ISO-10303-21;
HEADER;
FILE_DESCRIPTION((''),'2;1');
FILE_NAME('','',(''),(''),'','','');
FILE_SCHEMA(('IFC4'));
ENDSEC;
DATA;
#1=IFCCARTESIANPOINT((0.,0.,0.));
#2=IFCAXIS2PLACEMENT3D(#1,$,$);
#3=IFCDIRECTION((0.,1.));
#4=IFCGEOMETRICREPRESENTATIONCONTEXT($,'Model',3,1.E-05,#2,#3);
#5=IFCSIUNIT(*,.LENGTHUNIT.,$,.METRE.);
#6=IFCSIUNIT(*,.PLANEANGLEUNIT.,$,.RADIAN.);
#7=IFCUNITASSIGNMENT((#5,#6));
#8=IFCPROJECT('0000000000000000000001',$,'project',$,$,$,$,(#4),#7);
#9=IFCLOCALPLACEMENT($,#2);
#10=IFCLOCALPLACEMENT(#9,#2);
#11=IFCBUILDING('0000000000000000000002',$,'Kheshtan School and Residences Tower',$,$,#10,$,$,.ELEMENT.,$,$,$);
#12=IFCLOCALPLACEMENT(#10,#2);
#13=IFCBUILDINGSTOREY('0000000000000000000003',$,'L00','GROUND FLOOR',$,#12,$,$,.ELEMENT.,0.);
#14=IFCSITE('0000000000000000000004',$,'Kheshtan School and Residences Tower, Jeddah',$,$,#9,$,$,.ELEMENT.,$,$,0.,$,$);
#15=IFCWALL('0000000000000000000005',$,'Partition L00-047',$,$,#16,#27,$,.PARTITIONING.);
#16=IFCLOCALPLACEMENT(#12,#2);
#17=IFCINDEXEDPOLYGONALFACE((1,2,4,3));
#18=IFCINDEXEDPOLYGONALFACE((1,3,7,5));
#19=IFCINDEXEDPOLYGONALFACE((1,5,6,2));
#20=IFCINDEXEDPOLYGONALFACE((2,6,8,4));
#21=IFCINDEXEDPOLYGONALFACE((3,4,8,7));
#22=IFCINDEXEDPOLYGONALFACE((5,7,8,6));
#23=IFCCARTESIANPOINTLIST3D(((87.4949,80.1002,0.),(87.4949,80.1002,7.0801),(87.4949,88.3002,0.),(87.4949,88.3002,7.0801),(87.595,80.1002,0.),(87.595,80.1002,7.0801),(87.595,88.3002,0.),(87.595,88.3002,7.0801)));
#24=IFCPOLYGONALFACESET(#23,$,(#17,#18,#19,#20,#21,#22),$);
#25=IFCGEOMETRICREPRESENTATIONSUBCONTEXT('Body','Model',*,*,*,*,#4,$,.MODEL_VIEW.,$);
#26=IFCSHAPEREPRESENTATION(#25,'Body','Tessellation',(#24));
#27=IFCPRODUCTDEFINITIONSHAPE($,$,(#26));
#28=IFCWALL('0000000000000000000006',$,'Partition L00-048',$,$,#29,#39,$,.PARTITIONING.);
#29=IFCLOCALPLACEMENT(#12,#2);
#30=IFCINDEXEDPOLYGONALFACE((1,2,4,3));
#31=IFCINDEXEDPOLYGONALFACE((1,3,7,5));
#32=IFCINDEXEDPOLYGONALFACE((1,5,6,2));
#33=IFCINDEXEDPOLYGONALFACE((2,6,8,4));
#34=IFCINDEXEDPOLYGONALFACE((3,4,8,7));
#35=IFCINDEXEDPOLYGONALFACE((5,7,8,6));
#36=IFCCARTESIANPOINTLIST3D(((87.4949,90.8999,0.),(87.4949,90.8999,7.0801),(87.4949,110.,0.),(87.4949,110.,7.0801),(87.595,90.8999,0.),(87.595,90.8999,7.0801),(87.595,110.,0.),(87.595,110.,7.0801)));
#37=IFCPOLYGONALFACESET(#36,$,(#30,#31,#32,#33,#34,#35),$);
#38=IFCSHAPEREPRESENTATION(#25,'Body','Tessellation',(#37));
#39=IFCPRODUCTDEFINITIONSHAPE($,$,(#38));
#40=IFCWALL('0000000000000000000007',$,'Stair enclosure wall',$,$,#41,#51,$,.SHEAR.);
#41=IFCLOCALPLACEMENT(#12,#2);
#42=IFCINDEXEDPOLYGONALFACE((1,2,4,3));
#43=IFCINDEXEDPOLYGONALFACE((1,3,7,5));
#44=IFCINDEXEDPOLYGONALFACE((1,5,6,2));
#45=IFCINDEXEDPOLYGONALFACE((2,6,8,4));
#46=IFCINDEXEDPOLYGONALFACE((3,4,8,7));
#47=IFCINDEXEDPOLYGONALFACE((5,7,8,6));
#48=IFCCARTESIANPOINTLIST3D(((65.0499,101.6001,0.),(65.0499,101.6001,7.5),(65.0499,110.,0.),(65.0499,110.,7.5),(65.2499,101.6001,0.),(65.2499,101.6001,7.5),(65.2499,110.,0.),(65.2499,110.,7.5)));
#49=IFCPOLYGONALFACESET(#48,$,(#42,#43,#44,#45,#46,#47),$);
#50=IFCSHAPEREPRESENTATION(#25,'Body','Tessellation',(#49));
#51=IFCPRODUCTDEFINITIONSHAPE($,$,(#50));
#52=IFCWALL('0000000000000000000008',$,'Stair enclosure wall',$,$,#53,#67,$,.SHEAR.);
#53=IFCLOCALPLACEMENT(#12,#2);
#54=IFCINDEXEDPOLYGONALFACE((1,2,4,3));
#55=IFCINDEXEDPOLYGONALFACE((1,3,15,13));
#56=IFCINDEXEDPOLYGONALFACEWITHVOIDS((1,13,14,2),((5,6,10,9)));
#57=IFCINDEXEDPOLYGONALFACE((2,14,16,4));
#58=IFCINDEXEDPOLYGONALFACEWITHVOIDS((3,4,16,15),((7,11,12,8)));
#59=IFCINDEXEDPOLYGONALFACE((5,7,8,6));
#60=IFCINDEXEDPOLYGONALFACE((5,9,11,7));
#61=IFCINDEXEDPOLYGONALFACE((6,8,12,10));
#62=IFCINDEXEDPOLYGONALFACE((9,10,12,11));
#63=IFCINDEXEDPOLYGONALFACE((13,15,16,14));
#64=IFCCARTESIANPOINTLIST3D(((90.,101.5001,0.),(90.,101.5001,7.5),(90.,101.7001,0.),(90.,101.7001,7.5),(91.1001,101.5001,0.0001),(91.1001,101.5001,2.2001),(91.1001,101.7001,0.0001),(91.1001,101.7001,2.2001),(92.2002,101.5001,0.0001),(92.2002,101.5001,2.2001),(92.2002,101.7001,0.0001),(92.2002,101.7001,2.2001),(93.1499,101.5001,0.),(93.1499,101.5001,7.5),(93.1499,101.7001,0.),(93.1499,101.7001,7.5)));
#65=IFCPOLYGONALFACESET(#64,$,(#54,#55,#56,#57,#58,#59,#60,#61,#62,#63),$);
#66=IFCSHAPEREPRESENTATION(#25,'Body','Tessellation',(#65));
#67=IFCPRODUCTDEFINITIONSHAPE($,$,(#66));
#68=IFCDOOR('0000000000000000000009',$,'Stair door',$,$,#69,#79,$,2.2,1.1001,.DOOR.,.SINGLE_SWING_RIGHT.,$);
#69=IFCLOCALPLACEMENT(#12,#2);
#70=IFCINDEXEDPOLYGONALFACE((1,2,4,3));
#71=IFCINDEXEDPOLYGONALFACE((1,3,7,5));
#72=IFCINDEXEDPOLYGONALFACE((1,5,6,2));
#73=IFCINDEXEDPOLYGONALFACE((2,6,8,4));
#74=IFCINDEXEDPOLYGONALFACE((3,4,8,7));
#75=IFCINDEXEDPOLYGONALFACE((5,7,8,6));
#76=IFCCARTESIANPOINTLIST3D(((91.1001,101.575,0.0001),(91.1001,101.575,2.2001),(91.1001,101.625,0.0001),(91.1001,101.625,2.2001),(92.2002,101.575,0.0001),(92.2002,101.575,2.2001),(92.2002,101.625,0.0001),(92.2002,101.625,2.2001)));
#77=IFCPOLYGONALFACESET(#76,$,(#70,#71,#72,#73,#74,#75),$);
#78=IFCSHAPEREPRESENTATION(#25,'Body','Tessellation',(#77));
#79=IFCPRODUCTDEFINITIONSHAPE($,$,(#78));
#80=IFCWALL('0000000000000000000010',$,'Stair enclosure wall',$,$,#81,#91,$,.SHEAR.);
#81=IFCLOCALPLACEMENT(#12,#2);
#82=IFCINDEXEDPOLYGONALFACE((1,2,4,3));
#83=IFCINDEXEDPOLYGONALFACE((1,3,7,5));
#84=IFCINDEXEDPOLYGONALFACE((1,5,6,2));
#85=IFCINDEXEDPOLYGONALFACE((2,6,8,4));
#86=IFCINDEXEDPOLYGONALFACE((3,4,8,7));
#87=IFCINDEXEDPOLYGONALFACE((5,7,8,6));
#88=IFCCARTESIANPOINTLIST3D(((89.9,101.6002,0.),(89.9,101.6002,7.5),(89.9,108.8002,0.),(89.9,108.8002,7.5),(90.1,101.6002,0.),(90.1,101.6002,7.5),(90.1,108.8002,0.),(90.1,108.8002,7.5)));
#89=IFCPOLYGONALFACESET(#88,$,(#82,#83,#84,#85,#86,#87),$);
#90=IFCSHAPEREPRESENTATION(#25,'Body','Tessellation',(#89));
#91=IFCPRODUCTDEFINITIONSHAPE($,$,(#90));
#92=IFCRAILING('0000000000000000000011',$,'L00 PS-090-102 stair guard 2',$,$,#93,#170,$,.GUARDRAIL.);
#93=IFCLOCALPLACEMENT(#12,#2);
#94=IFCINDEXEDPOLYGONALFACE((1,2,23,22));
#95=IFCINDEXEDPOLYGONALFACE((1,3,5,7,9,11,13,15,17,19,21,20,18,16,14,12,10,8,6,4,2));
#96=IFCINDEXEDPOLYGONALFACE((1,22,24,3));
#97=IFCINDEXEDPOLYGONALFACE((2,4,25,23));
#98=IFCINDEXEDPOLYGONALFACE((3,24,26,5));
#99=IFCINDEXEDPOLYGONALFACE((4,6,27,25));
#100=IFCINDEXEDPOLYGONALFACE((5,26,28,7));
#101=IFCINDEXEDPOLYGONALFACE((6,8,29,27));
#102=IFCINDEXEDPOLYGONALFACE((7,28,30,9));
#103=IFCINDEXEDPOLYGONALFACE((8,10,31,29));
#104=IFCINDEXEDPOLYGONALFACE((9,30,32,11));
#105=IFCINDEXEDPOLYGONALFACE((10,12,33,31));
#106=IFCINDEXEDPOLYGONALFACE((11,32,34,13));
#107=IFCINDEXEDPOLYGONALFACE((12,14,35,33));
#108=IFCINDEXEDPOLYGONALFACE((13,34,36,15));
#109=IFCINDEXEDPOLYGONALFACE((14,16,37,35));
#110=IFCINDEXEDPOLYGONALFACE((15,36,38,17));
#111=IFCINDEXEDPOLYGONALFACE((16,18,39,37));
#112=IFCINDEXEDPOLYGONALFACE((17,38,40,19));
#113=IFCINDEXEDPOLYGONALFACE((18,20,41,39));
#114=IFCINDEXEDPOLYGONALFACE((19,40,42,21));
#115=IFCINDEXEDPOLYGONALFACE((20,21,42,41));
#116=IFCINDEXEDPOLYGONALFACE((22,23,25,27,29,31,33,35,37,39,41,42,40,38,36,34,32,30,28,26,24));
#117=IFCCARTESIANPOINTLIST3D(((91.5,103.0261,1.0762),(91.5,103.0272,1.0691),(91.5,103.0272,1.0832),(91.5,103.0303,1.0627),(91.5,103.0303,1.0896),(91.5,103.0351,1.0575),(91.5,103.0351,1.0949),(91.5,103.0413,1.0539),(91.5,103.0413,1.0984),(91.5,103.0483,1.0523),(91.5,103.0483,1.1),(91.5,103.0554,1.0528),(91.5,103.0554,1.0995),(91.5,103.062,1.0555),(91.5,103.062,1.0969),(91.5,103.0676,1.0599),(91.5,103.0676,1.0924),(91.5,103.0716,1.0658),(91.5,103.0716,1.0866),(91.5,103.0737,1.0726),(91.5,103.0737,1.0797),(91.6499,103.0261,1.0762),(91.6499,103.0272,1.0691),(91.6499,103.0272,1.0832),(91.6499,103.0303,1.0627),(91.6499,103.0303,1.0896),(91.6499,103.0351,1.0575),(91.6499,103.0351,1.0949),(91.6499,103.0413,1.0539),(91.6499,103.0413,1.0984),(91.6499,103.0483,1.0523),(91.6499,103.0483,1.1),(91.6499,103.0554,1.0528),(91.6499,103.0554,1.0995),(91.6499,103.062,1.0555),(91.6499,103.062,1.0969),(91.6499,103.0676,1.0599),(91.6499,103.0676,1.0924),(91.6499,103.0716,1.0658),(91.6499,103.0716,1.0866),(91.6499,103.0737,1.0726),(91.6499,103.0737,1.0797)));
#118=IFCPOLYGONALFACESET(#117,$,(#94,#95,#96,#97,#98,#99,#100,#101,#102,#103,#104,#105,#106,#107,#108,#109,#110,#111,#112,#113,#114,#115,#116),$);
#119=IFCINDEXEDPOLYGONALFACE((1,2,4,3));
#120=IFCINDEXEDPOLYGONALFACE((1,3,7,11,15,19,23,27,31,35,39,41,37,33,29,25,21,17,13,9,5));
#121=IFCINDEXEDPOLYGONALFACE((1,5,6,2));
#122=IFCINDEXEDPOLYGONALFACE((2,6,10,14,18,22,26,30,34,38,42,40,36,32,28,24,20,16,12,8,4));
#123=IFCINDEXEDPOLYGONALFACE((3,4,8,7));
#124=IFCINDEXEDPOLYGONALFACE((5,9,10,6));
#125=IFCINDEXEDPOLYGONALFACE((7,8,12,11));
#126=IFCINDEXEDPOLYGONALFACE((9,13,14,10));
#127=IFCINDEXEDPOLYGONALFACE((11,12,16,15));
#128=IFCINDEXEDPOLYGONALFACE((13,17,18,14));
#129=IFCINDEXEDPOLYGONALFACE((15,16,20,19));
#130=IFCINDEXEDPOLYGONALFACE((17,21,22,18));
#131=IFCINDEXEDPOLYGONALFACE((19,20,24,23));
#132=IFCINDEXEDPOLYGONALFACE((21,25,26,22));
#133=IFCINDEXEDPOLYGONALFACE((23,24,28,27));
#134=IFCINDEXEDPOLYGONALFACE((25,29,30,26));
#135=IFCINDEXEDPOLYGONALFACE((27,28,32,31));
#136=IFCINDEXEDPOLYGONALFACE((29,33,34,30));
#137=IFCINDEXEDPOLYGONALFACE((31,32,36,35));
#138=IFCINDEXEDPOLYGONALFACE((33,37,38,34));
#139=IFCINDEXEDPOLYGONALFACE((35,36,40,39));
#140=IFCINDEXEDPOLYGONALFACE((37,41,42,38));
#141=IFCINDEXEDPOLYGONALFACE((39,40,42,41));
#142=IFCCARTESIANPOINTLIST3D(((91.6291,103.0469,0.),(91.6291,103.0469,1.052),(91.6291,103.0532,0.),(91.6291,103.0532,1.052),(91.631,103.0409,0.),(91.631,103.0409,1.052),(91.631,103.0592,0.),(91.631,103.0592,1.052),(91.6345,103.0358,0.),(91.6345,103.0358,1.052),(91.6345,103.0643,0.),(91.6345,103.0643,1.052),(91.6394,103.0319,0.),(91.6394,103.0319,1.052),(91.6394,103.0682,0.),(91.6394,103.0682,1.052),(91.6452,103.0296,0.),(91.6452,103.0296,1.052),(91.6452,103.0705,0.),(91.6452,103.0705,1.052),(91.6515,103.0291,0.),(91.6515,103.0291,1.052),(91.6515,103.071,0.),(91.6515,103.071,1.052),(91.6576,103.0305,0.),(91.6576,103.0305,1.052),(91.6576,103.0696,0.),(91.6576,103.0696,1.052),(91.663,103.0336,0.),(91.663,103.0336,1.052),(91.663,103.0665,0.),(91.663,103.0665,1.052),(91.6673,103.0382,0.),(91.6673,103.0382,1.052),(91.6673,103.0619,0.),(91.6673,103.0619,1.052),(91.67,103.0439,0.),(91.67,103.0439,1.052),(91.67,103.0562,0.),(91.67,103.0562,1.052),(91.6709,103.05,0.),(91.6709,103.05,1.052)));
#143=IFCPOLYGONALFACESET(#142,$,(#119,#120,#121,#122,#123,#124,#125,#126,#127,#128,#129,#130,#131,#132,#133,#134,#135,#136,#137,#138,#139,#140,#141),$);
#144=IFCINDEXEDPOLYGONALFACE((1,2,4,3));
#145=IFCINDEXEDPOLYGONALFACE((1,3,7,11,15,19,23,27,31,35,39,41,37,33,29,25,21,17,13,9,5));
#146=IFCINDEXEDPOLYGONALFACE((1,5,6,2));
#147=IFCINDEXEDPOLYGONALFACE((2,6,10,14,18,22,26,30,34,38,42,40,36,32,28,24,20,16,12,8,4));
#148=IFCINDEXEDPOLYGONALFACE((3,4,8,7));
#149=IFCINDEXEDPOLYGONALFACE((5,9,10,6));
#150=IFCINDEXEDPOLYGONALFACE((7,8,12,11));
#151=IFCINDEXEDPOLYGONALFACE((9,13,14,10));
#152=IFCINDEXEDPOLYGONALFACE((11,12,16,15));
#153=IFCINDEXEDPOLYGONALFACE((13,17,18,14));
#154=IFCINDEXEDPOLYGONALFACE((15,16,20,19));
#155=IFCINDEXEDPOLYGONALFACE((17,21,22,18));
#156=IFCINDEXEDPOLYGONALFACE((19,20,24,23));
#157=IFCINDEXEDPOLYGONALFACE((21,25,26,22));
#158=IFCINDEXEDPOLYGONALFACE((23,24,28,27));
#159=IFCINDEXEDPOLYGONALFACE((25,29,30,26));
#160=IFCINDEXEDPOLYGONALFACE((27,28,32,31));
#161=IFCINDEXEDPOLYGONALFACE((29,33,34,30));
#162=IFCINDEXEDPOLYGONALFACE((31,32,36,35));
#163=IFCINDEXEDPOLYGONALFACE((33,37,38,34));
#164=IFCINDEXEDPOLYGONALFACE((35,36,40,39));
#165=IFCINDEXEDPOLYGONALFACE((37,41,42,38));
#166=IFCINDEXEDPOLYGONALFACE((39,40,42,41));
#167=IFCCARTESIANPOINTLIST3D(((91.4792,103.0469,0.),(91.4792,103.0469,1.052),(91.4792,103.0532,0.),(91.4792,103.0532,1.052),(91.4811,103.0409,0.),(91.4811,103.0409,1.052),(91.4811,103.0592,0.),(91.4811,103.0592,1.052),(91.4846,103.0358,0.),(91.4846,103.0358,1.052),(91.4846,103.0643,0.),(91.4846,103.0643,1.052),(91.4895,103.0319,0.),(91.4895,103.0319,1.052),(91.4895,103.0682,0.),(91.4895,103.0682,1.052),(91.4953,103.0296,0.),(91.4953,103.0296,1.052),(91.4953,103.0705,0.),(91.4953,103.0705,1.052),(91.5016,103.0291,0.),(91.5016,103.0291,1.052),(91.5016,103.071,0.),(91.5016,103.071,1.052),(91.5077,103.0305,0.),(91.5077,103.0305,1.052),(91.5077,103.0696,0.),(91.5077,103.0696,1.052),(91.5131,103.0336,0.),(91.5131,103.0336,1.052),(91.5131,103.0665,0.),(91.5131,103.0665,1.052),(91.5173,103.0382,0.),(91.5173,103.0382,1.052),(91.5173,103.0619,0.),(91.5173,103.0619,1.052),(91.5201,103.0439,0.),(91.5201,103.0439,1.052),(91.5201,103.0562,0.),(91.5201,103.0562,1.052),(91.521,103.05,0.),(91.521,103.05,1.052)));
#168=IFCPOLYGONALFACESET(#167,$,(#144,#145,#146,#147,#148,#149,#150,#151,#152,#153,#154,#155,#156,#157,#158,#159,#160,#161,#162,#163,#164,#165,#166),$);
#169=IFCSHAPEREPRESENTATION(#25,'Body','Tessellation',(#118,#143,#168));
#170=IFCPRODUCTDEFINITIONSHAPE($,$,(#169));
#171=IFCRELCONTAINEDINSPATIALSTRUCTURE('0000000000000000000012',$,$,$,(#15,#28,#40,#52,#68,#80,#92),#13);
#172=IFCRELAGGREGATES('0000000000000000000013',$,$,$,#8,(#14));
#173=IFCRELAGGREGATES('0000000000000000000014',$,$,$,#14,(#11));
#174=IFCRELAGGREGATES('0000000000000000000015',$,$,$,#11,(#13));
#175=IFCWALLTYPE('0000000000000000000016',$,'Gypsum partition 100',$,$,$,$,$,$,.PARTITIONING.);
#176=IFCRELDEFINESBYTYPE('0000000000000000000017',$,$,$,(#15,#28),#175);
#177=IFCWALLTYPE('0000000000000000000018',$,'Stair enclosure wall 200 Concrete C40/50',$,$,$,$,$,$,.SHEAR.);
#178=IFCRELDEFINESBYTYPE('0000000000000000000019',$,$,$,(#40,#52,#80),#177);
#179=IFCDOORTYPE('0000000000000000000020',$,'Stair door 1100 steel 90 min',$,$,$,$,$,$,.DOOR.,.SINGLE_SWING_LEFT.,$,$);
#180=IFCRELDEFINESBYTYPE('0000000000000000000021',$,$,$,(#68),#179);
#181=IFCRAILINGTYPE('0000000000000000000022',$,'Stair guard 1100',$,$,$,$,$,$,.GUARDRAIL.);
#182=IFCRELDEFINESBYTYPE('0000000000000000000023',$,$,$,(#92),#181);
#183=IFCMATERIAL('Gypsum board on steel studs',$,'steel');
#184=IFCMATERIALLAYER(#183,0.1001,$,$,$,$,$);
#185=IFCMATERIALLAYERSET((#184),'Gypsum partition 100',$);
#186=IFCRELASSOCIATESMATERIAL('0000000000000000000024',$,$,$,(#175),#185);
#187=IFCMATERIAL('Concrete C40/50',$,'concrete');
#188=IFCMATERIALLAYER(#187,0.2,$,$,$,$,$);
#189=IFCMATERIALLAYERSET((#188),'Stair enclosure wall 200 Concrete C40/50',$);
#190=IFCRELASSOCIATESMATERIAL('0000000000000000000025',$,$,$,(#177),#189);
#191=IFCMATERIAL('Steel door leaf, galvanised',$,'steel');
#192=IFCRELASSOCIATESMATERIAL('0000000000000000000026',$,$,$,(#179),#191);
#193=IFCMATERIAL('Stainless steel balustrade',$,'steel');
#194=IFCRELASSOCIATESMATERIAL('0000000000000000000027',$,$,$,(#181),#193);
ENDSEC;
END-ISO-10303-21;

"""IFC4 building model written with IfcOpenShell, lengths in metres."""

from ifc_helpers import new_model, si_unit, direction, frame, frame_2d, origin, origin_2d, place, context, subcontext, project, spatial, rectangle, circle, extrude, source, transform, mapped, material, layer, layer_set, type_object, element, fill, save


model = new_model("IFC4")

# Units and contexts
model_context = context("Model", 3, precision=1e-05, world=origin(), true_north=direction((0.0, 1.0)))
body_context = subcontext(model_context, "Body", "Model", "MODEL_VIEW")
ifc_project = project(units=[si_unit("LENGTHUNIT", "METRE"), si_unit("PLANEANGLEUNIT", "RADIAN")], contexts=[model_context])

# Site, building, storey
site_placement = place(None, origin())
site = spatial("IfcSite", under=ifc_project, at=site_placement, Name="Kheshtan School and Residences Tower, Jeddah", CompositionType="ELEMENT", RefElevation=0.0)
building_placement = place(site_placement, origin())
building = spatial("IfcBuilding", under=site, at=building_placement, Name="Kheshtan School and Residences Tower", CompositionType="ELEMENT")
storey_placement = place(building_placement, origin())
storey = spatial("IfcBuildingStorey", under=building, at=storey_placement, Name="L00", Description="GROUND FLOOR", CompositionType="ELEMENT", Elevation=0.0)

# Walls
ifc_material_1 = material(Name="Gypsum board on steel studs", Category="steel")
ifc_layer_1 = layer(ifc_material_1, 0.1001)
ifc_layer_set_1 = layer_set([ifc_layer_1], Name="Gypsum partition 100")
wall_type_1 = type_object("IfcWallType", Name="Gypsum partition 100", PredefinedType="PARTITIONING", material=ifc_layer_set_1)
wall_1_placement = place(storey_placement, frame((87.5449, 80.1001, 0.0), z_axis=(0.0, 0.0, 1.0), x_axis=(0.0, 1.0, 0.0)))
element("IfcWall", 1, at=wall_1_placement, inside=storey, type_object=wall_type_1, Name="Partition L00-047", PredefinedType="PARTITIONING", context=body_context, shape_type="SweptSolid", body=[
    extrude(rectangle(XDim=8.2, YDim=0.1001, at=frame_2d((4.1001, 0.0))), origin(), (0.0, 0.0, 1.0), 7.0801),
])
wall_2_placement = place(storey_placement, frame((87.5449, 90.8999, 0.0), z_axis=(0.0, 0.0, 1.0), x_axis=(0.0, 1.0, 0.0)))
element("IfcWall", 2, at=wall_2_placement, inside=storey, type_object=wall_type_1, Name="Partition L00-048", PredefinedType="PARTITIONING", context=body_context, shape_type="SweptSolid", body=[
    extrude(rectangle(XDim=19.1001, YDim=0.1001, at=frame_2d((9.55, 0.0))), origin(), (0.0, 0.0, 1.0), 7.0801),
])
ifc_material_2 = material(Name="Concrete C40/50", Category="concrete")
ifc_layer_2 = layer(ifc_material_2, 0.2)
ifc_layer_set_2 = layer_set([ifc_layer_2], Name="Stair enclosure wall 200 Concrete C40/50")
wall_type_2 = type_object("IfcWallType", Name="Stair enclosure wall 200 Concrete C40/50", PredefinedType="SHEAR", material=ifc_layer_set_2)
wall_3_placement = place(storey_placement, frame((65.1499, 101.6001, 0.0), z_axis=(0.0, 0.0, 1.0), x_axis=(0.0, 1.0, 0.0)))
element("IfcWall", 3, at=wall_3_placement, inside=storey, type_object=wall_type_2, Name="Stair enclosure wall", PredefinedType="SHEAR", context=body_context, shape_type="SweptSolid", body=[
    extrude(rectangle(XDim=8.3999, YDim=0.2, at=frame_2d((4.2, 0.0))), origin(), (0.0, 0.0, 1.0), 7.5),
])

# Wall, opening, door
wall_4_placement = place(storey_placement, frame((90.0, 101.6001, 0.0), z_axis=(0.0, 0.0, 1.0), x_axis=(1.0, 0.0, 0.0)))
wall_4 = element("IfcWall", 4, at=wall_4_placement, inside=storey, type_object=wall_type_2, Name="Stair enclosure wall", PredefinedType="SHEAR", context=body_context, shape_type="SweptSolid", body=[
    extrude(rectangle(XDim=3.1499, YDim=0.2, at=frame_2d((1.575, 0.0))), origin(), (0.0, 0.0, 1.0), 7.5),
])
opening_placement = place(wall_4_placement, frame((1.1001, 0.0, 0.0)))
opening = element("IfcOpeningElement", 5, at=opening_placement, cuts=wall_4, PredefinedType="OPENING", context=body_context, shape_type="SweptSolid", body=[
    extrude(rectangle(XDim=1.1001, YDim=2.2, at=frame_2d((0.55, 1.1001))), frame((0.0, 0.1099, 0.0), z_axis=(0.0, -1.0, 0.0), x_axis=(1.0, 0.0, 0.0)), (0.0, 0.0, 1.0), 0.22),
])
ifc_material_3 = material(Name="Steel door leaf, galvanised", Category="steel")
door_type = type_object("IfcDoorType", Name="Stair door 1100 steel 90 min", OperationType="SINGLE_SWING_LEFT", PredefinedType="DOOR", material=ifc_material_3)
shared_shape = source(origin(), body_context, "Body", "SweptSolid", [
    extrude(rectangle(XDim=1.1001, YDim=2.2, at=frame_2d((0.55, 1.1001))), frame((0.0, 0.0249, 0.0), z_axis=(0.0, -1.0, 0.0), x_axis=(1.0, 0.0, 0.0)), (0.0, 0.0, 1.0), 0.05),
])
door_placement = place(opening_placement, origin())
door = element("IfcDoor", 6, at=door_placement, inside=storey, type_object=door_type, Name="Stair door", OperationType="SINGLE_SWING_RIGHT", OverallHeight=2.2, OverallWidth=1.1001, PredefinedType="DOOR", context=body_context, shape_type="MappedRepresentation", body=[
    mapped(shared_shape, transform((0.0, 0.0, 0.0), x_axis=(1.0, 0.0, 0.0), y_axis=(0.0, 1.0, 0.0), z_axis=(0.0, 0.0, 1.0), scale=1.0)),
])
fill(opening, door)

# Wall
wall_5_placement = place(storey_placement, frame((90.0, 101.6001, 0.0), z_axis=(0.0, 0.0, 1.0), x_axis=(0.0, 1.0, 0.0)))
element("IfcWall", 7, at=wall_5_placement, inside=storey, type_object=wall_type_2, Name="Stair enclosure wall", PredefinedType="SHEAR", context=body_context, shape_type="SweptSolid", body=[
    extrude(rectangle(XDim=7.2, YDim=0.2, at=frame_2d((3.6001, 0.0))), origin(), (0.0, 0.0, 1.0), 7.5),
])

# Railing
ifc_material_4 = material(Name="Stainless steel balustrade", Category="steel")
railing_type = type_object("IfcRailingType", Name="Stair guard 1100", PredefinedType="GUARDRAIL", material=ifc_material_4)
railing_1_placement = place(storey_placement, frame((91.6499, 103.05, 0.0)))
element("IfcRailing", 8, at=railing_1_placement, inside=storey, type_object=railing_type, Name="L00 PS-090-102 stair guard 2", PredefinedType="GUARDRAIL", context=body_context, shape_type="SweptSolid", body=[
    extrude(circle(Radius=0.0239, at=origin_2d()), frame((0.0, 0.0, 1.0762), z_axis=(-1.0, 0.0, 0.0), x_axis=(0.0, -1.0, 0.0)), (0.0, 0.0, 1.0), 0.1499),
    extrude(circle(Radius=0.021, at=origin_2d()), origin(), (0.0, 0.0, 1.0), 1.052),
    extrude(circle(Radius=0.021, at=origin_2d()), frame((-0.1499, 0.0, 0.0)), (0.0, 0.0, 1.0), 1.052),
])

save(model, "model.ifc")
